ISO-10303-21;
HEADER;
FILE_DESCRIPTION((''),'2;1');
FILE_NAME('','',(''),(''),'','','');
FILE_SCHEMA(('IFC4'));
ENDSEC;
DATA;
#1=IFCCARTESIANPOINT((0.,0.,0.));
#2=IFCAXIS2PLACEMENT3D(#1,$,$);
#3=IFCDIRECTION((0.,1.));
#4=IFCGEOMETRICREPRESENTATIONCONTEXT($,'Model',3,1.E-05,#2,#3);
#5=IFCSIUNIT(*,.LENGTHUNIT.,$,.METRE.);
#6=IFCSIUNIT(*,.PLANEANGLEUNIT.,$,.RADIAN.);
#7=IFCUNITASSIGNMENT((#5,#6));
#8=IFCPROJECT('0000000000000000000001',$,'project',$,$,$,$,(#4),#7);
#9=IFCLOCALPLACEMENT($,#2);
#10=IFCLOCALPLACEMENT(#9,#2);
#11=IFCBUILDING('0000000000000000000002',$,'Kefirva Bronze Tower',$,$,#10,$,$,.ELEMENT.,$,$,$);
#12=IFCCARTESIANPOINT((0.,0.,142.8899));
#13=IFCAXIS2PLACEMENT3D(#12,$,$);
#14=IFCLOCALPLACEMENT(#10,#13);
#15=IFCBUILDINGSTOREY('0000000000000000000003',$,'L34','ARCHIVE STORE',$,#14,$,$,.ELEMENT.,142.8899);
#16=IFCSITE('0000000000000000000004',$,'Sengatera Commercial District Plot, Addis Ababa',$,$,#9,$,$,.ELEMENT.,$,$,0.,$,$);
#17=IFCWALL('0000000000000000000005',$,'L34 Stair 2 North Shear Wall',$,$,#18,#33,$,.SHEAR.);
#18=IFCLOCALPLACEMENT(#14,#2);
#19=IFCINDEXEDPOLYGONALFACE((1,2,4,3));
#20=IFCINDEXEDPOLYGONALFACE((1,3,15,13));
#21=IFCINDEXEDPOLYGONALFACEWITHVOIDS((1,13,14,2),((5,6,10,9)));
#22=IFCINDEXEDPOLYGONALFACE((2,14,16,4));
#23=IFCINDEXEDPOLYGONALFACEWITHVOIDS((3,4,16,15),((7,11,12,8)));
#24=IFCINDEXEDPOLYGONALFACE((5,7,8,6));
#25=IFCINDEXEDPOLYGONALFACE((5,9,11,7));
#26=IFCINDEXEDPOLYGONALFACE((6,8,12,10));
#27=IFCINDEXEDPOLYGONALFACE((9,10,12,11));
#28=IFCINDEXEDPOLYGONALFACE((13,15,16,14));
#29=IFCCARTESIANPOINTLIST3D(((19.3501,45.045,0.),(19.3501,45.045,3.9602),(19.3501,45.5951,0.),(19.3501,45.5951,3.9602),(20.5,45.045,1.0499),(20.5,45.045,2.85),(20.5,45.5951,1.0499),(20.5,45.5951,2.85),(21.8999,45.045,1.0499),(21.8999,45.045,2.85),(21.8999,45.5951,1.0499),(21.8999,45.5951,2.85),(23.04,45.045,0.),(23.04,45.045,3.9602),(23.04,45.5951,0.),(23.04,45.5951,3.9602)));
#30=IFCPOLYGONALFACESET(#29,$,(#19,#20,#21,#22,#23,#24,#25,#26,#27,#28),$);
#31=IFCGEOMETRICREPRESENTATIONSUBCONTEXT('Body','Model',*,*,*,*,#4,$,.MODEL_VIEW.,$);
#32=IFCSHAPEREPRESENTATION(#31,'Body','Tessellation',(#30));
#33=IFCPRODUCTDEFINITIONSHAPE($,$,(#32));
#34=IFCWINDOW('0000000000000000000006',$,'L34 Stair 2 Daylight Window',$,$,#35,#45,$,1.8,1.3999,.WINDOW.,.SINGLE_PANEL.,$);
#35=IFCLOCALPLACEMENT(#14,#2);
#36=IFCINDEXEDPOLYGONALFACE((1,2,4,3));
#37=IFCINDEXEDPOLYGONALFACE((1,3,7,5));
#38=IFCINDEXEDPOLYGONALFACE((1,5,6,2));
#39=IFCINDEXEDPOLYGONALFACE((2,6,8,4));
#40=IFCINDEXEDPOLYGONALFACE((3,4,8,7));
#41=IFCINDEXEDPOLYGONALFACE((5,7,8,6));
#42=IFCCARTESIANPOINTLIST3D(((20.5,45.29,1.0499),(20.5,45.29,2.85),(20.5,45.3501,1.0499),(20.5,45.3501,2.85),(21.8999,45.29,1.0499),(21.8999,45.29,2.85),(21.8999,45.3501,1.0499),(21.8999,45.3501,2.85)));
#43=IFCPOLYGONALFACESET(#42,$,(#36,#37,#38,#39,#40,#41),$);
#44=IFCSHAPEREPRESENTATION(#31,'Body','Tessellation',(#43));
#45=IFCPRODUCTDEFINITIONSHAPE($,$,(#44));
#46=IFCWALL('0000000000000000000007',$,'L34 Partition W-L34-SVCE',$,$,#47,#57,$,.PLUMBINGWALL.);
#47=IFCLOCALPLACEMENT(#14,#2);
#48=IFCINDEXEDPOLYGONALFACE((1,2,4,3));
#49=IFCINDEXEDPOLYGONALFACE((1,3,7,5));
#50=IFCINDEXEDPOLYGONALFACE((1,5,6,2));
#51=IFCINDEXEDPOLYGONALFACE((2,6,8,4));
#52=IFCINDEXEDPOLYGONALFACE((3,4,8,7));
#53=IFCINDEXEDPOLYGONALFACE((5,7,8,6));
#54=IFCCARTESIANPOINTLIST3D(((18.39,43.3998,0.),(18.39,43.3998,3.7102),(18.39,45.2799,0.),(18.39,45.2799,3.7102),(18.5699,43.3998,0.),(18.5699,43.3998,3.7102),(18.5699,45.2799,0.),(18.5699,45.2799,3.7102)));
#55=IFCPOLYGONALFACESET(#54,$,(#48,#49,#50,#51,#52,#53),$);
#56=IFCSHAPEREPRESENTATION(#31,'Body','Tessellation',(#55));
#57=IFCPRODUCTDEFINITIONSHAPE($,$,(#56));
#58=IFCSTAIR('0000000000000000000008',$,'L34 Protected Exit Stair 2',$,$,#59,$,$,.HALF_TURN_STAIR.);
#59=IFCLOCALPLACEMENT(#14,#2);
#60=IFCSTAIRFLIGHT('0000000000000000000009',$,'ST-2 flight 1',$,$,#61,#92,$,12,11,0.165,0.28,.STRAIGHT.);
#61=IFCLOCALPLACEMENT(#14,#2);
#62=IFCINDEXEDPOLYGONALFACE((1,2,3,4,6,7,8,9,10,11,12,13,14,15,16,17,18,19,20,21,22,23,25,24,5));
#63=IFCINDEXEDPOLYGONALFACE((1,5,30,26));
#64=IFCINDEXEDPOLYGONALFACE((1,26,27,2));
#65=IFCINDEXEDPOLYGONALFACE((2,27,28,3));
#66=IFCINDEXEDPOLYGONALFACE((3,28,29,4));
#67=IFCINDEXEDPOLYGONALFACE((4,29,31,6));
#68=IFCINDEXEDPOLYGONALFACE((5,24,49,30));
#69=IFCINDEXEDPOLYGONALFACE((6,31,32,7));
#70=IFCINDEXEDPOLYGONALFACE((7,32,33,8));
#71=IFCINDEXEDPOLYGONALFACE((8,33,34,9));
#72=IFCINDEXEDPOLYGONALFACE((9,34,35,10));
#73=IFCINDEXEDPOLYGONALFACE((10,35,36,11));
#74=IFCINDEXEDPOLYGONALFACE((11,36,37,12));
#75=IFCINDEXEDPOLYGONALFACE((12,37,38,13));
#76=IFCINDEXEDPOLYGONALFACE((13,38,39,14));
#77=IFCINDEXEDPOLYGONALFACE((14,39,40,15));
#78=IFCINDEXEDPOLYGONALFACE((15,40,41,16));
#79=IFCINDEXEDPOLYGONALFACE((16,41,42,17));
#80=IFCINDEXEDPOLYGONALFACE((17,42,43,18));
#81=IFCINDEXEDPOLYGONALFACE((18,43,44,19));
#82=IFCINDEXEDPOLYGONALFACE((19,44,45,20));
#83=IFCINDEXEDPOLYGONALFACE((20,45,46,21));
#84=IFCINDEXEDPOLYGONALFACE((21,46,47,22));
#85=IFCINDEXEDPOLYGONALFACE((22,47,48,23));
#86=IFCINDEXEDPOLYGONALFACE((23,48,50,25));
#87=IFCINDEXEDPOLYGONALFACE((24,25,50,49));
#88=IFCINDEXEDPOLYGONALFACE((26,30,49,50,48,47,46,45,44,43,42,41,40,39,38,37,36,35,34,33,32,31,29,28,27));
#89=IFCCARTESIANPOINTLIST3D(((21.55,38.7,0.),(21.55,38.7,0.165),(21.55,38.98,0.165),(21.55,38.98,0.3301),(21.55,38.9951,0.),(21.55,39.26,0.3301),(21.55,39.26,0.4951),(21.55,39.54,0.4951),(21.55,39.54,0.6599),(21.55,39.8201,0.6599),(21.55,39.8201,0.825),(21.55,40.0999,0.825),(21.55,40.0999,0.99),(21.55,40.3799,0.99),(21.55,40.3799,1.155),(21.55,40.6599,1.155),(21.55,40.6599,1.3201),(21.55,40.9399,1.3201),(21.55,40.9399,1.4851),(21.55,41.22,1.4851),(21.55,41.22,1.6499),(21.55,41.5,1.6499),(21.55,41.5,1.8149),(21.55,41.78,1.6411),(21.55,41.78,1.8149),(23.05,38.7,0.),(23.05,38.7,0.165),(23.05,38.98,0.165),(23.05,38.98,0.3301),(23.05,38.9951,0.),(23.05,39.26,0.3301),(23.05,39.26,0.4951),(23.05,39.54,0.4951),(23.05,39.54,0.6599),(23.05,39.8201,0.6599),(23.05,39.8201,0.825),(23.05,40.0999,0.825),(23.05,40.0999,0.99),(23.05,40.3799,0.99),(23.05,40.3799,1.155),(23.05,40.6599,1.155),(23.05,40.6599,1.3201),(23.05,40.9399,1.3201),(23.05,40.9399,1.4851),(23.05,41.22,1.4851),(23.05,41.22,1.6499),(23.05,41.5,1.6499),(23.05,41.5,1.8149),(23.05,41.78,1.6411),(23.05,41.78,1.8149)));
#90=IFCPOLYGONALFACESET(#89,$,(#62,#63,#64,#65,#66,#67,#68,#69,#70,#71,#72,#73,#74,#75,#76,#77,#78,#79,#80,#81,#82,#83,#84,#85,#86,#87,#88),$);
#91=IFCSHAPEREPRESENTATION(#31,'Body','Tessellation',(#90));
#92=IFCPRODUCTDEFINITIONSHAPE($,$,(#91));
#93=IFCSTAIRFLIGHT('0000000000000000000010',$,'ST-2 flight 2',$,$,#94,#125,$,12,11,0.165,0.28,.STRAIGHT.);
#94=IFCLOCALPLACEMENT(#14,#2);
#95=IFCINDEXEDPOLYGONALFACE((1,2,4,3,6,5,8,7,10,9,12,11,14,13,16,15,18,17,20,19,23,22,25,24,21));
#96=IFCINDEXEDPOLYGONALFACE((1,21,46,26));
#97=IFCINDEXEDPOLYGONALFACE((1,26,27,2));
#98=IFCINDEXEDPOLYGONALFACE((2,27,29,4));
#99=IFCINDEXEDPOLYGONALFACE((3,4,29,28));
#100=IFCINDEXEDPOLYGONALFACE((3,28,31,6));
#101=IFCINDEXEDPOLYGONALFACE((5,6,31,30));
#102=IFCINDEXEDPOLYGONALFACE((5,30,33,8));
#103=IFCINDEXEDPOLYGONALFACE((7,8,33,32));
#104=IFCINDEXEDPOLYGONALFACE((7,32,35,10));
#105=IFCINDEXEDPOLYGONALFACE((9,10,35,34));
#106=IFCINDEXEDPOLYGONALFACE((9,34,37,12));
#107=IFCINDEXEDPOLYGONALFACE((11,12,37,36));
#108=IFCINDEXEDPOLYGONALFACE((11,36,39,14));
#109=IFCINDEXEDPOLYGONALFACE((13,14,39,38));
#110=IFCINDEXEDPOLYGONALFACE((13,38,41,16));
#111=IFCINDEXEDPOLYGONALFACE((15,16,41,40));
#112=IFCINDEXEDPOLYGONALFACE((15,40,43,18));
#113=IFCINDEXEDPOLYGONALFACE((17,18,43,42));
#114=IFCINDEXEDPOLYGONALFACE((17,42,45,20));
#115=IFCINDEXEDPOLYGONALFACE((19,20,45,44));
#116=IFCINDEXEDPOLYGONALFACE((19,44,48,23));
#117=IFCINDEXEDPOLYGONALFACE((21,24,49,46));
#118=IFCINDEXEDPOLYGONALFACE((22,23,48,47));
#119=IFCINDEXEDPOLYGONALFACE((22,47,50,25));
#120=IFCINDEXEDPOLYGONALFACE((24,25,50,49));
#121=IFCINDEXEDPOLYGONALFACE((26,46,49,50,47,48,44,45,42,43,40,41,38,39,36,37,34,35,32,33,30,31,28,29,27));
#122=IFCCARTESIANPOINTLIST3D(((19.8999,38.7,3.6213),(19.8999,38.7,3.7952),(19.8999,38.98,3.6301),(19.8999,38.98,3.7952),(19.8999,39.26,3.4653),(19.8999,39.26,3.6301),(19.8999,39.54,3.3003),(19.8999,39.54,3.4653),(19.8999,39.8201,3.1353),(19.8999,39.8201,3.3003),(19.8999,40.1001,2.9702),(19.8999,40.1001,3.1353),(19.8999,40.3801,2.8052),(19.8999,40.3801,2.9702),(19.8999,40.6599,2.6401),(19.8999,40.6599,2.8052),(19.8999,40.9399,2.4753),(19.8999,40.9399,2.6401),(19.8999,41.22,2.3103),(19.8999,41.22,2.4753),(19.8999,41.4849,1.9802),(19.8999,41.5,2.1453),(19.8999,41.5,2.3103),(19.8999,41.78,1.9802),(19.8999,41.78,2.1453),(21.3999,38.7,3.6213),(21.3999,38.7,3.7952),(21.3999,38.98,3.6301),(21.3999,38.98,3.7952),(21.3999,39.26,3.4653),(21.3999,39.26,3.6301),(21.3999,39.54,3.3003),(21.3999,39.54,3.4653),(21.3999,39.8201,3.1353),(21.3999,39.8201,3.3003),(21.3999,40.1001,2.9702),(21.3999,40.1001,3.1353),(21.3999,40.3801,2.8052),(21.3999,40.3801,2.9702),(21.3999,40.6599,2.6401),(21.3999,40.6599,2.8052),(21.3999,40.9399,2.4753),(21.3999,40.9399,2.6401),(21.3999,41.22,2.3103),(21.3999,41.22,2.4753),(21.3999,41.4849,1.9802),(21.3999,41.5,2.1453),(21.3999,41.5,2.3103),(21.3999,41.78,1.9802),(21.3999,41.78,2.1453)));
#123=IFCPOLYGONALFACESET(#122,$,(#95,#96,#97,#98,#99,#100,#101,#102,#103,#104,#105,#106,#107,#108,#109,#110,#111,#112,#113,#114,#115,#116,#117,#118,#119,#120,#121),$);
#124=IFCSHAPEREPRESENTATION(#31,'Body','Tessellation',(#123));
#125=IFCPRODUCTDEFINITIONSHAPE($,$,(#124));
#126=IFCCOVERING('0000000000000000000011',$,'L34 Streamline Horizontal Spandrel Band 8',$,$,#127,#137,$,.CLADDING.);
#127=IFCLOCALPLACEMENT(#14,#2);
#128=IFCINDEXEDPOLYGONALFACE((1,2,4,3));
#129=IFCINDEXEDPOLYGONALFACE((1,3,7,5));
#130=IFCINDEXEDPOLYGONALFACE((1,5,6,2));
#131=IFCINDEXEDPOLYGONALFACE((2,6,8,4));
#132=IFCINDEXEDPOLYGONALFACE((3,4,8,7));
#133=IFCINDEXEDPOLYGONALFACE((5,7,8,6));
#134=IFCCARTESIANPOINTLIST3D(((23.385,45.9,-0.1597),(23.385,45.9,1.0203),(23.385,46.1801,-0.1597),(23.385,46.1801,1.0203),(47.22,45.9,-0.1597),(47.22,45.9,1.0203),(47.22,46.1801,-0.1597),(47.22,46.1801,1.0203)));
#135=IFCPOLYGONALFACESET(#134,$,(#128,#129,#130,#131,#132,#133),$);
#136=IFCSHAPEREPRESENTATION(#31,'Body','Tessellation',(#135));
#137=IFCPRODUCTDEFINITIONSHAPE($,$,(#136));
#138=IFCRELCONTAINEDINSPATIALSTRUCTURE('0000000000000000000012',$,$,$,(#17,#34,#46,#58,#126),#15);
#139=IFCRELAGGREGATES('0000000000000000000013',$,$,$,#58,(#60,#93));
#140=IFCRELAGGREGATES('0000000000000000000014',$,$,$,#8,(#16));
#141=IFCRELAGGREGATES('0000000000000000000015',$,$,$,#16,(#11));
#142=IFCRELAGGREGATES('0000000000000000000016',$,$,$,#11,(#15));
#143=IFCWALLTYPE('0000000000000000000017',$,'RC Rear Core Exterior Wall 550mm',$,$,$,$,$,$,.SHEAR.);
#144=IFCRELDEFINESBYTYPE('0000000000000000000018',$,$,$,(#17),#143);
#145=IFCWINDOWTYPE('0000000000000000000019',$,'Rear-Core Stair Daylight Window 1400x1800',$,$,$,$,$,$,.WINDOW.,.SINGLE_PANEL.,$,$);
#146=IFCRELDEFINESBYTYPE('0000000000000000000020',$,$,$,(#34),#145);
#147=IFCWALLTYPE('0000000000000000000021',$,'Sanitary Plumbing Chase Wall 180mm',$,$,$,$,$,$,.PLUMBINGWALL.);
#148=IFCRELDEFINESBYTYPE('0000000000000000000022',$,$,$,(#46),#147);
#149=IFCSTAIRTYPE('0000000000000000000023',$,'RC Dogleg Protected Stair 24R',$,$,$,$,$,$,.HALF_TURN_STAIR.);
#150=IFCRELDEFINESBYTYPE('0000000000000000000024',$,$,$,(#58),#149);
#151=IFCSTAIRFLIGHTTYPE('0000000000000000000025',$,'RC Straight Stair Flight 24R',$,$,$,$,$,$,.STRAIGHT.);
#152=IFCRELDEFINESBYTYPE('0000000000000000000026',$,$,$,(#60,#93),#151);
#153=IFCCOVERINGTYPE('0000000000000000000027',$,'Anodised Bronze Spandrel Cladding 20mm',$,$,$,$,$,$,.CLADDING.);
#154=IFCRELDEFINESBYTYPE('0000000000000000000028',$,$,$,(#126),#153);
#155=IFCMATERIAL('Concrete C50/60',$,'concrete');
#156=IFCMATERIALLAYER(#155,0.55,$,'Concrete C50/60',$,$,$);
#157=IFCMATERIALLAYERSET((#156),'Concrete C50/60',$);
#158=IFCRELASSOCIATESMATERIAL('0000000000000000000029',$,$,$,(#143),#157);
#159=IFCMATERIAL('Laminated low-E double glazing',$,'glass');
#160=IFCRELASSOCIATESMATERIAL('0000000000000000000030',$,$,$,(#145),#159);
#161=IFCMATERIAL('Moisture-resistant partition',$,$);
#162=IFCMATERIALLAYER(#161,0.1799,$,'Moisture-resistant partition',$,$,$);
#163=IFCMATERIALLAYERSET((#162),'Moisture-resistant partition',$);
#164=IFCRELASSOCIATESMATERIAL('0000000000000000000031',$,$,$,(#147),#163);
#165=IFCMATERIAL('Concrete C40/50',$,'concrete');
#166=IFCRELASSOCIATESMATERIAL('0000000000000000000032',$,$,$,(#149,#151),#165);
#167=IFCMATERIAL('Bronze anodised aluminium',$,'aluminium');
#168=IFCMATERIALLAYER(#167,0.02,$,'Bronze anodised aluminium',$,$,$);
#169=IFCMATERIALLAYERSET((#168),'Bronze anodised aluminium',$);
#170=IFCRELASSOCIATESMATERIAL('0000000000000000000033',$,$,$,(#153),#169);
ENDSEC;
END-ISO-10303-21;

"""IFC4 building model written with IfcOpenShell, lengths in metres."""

from ifc_helpers import new_model, si_unit, direction, frame, frame_2d, origin, origin_2d, place, context, subcontext, project, spatial, polyline, rectangle, outline, extrude, material, layer, layer_set, type_object, element, fill, aggregate, save


model = new_model("IFC4")

# Units and contexts
model_context = context("Model", 3, precision=1e-05, world=origin(), true_north=direction((0.0, 1.0)))
body_context = subcontext(model_context, "Body", "Model", "MODEL_VIEW")
ifc_project = project(units=[si_unit("LENGTHUNIT", "METRE"), si_unit("PLANEANGLEUNIT", "RADIAN")], contexts=[model_context])

# Site, building, storey
site_placement = place(None, origin())
site = spatial("IfcSite", under=ifc_project, at=site_placement, Name="Sengatera Commercial District Plot, Addis Ababa", CompositionType="ELEMENT", RefElevation=0.0)
building_placement = place(site_placement, origin())
building = spatial("IfcBuilding", under=site, at=building_placement, Name="Kefirva Bronze Tower", CompositionType="ELEMENT")
storey_placement = place(building_placement, frame((0.0, 0.0, 142.8899)))
storey = spatial("IfcBuildingStorey", under=building, at=storey_placement, Name="L34", Description="ARCHIVE STORE", CompositionType="ELEMENT", Elevation=142.8899)

# Shared definitions
ifc_material_1 = material(Name="Bronze anodised aluminium", Category="aluminium")

# Shared definitions
ifc_material_2 = material(Name="Concrete C50/60", Category="concrete")

# Shared definitions
ifc_material_3 = material(Name="Laminated low-E double glazing", Category="glass")

# Wall, opening, window
ifc_layer_1 = layer(ifc_material_2, 0.55, Name="Concrete C50/60")
ifc_layer_set_1 = layer_set([ifc_layer_1], Name="Concrete C50/60")
wall_type_1 = type_object("IfcWallType", Name="RC Rear Core Exterior Wall 550mm", PredefinedType="SHEAR", material=ifc_layer_set_1)
wall_1_placement = place(storey_placement, frame((19.3501, 45.3201, 0.0), z_axis=(0.0, 0.0, 1.0), x_axis=(1.0, 0.0, 0.0)))
wall_1 = element("IfcWall", 1, at=wall_1_placement, inside=storey, type_object=wall_type_1, Name="L34 Stair 2 North Shear Wall", PredefinedType="SHEAR", context=body_context, shape_type="SweptSolid", body=[
    extrude(rectangle(XDim=3.6899, YDim=0.55, at=frame_2d((1.845, 0.0))), origin(), (0.0, 0.0, 1.0), 3.9602),
])
opening_placement = place(wall_1_placement, frame((1.1499, 0.0, 1.05)))
opening = element("IfcOpeningElement", 2, at=opening_placement, cuts=wall_1, PredefinedType="OPENING", context=body_context, shape_type="SweptSolid", body=[
    extrude(rectangle(XDim=1.3999, YDim=1.8, at=frame_2d((0.7, 0.8999))), frame((0.0, 0.2852, 0.0), z_axis=(0.0, -1.0, 0.0), x_axis=(1.0, 0.0, 0.0)), (0.0, 0.0, 1.0), 0.5701),
])
window_type = type_object("IfcWindowType", Name="Rear-Core Stair Daylight Window 1400x1800", PartitioningType="SINGLE_PANEL", PredefinedType="WINDOW", material=ifc_material_3)
window_placement = place(opening_placement, origin())
window = element("IfcWindow", 3, at=window_placement, inside=storey, type_object=window_type, Name="L34 Stair 2 Daylight Window", OverallHeight=1.8, OverallWidth=1.3999, PartitioningType="SINGLE_PANEL", PredefinedType="WINDOW", context=body_context, shape_type="SweptSolid", body=[
    extrude(rectangle(XDim=1.3999, YDim=1.8, at=frame_2d((0.7, 0.8999))), frame((0.0, 0.03, 0.0), z_axis=(0.0, -1.0, 0.0), x_axis=(1.0, 0.0, 0.0)), (0.0, 0.0, 1.0), 0.0601),
])
fill(opening, window)

# Wall
ifc_material_4 = material(Name="Moisture-resistant partition")
ifc_layer_2 = layer(ifc_material_4, 0.1799, Name="Moisture-resistant partition")
ifc_layer_set_2 = layer_set([ifc_layer_2], Name="Moisture-resistant partition")
wall_type_2 = type_object("IfcWallType", Name="Sanitary Plumbing Chase Wall 180mm", PredefinedType="PLUMBINGWALL", material=ifc_layer_set_2)
wall_2_placement = place(storey_placement, frame((18.48, 43.3999, 0.0), z_axis=(0.0, 0.0, 1.0), x_axis=(0.0, 1.0, 0.0)))
element("IfcWall", 4, at=wall_2_placement, inside=storey, type_object=wall_type_2, Name="L34 Partition W-L34-SVCE", PredefinedType="PLUMBINGWALL", context=body_context, shape_type="SweptSolid", body=[
    extrude(rectangle(XDim=1.8801, YDim=0.1799, at=frame_2d((0.9399, 0.0))), origin(), (0.0, 0.0, 1.0), 3.7102),
])

# Stair, stair flights
ifc_material_5 = material(Name="Concrete C40/50", Category="concrete")
stair_type = type_object("IfcStairType", Name="RC Dogleg Protected Stair 24R", PredefinedType="HALF_TURN_STAIR", material=ifc_material_5)
stair_placement = place(storey_placement, origin())
stair = element("IfcStair", 5, at=stair_placement, inside=storey, type_object=stair_type, Name="L34 Protected Exit Stair 2", PredefinedType="HALF_TURN_STAIR")
stair_flight_type = type_object("IfcStairFlightType", Name="RC Straight Stair Flight 24R", PredefinedType="STRAIGHT", material=ifc_material_5)
stair_flight_1_placement = place(storey_placement, frame((22.3, 38.7, 0.0), z_axis=(0.0, 0.0, 1.0), x_axis=(0.0, 1.0, 0.0)))
stair_flight_1 = element("IfcStairFlight", 6, at=stair_flight_1_placement, type_object=stair_flight_type, Name="ST-2 flight 1", NumberOfRisers=12, NumberOfTreads=11, PredefinedType="STRAIGHT", RiserHeight=0.165, TreadLength=0.28, context=body_context, shape_type="SweptSolid", body=[
    extrude(outline(polyline([(0.0, 0.0), (0.0, 0.165), (0.28, 0.165), (0.28, 0.3301), (0.5601, 0.3301), (0.5601, 0.4951), (0.8401, 0.4951), (0.8401, 0.6599), (1.1201, 0.6599), (1.1201, 0.825), (1.3999, 0.825), (1.3999, 0.99), (1.6799, 0.99), (1.6799, 1.155), (1.96, 1.155), (1.96, 1.3201), (2.24, 1.3201), (2.24, 1.4851), (2.52, 1.4851), (2.52, 1.6499), (2.8, 1.6499), (2.8, 1.8149), (3.0801, 1.8149), (3.0801, 1.98), (3.0801, 1.6411), (0.2952, 0.0), (0.0, 0.0)])), frame((0.0, 0.75, 0.0), z_axis=(0.0, -1.0, 0.0), x_axis=(1.0, 0.0, 0.0)), (0.0, 0.0, 1.0), 1.5),
])
stair_flight_2_placement = place(storey_placement, frame((20.6499, 41.78, 1.9802), z_axis=(0.0, 0.0, 1.0), x_axis=(0.0, -1.0, 0.0)))
stair_flight_2 = element("IfcStairFlight", 7, at=stair_flight_2_placement, type_object=stair_flight_type, Name="ST-2 flight 2", NumberOfRisers=12, NumberOfTreads=11, PredefinedType="STRAIGHT", RiserHeight=0.165, TreadLength=0.28, context=body_context, shape_type="SweptSolid", body=[
    extrude(outline(polyline([(0.0, 0.0), (0.0, 0.165), (0.28, 0.165), (0.28, 0.3301), (0.5601, 0.3301), (0.5601, 0.4951), (0.8401, 0.4951), (0.8401, 0.6599), (1.1201, 0.6599), (1.1201, 0.825), (1.3999, 0.825), (1.3999, 0.99), (1.6799, 0.99), (1.6799, 1.155), (1.96, 1.155), (1.96, 1.3201), (2.24, 1.3201), (2.24, 1.4851), (2.52, 1.4851), (2.52, 1.6499), (2.8, 1.6499), (2.8, 1.8149), (3.0801, 1.8149), (3.0801, 1.98), (3.0801, 1.6411), (0.2952, 0.0), (0.0, 0.0)])), frame((0.0, 0.75, 0.0), z_axis=(0.0, -1.0, 0.0), x_axis=(1.0, 0.0, 0.0)), (0.0, 0.0, 1.0), 1.5),
])
aggregate(stair, [stair_flight_1, stair_flight_2])

# Covering
ifc_layer_3 = layer(ifc_material_1, 0.02, Name="Bronze anodised aluminium")
ifc_layer_set_3 = layer_set([ifc_layer_3], Name="Bronze anodised aluminium")
covering_type_1 = type_object("IfcCoveringType", Name="Anodised Bronze Spandrel Cladding 20mm", PredefinedType="CLADDING", material=ifc_layer_set_3)
covering_placement = place(storey_placement, frame((35.3025, 46.04, -0.1597), z_axis=(0.0, 0.0, 1.0), x_axis=(-1.0, 0.0, 0.0)))
element("IfcCovering", 8, at=covering_placement, inside=storey, type_object=covering_type_1, Name="L34 Streamline Horizontal Spandrel Band 8", PredefinedType="CLADDING", context=body_context, shape_type="SweptSolid", body=[
    extrude(rectangle(XDim=23.835, YDim=0.28, at=origin_2d()), origin(), (0.0, 0.0, 1.0), 1.1799),
])

save(model, "model.ifc")
